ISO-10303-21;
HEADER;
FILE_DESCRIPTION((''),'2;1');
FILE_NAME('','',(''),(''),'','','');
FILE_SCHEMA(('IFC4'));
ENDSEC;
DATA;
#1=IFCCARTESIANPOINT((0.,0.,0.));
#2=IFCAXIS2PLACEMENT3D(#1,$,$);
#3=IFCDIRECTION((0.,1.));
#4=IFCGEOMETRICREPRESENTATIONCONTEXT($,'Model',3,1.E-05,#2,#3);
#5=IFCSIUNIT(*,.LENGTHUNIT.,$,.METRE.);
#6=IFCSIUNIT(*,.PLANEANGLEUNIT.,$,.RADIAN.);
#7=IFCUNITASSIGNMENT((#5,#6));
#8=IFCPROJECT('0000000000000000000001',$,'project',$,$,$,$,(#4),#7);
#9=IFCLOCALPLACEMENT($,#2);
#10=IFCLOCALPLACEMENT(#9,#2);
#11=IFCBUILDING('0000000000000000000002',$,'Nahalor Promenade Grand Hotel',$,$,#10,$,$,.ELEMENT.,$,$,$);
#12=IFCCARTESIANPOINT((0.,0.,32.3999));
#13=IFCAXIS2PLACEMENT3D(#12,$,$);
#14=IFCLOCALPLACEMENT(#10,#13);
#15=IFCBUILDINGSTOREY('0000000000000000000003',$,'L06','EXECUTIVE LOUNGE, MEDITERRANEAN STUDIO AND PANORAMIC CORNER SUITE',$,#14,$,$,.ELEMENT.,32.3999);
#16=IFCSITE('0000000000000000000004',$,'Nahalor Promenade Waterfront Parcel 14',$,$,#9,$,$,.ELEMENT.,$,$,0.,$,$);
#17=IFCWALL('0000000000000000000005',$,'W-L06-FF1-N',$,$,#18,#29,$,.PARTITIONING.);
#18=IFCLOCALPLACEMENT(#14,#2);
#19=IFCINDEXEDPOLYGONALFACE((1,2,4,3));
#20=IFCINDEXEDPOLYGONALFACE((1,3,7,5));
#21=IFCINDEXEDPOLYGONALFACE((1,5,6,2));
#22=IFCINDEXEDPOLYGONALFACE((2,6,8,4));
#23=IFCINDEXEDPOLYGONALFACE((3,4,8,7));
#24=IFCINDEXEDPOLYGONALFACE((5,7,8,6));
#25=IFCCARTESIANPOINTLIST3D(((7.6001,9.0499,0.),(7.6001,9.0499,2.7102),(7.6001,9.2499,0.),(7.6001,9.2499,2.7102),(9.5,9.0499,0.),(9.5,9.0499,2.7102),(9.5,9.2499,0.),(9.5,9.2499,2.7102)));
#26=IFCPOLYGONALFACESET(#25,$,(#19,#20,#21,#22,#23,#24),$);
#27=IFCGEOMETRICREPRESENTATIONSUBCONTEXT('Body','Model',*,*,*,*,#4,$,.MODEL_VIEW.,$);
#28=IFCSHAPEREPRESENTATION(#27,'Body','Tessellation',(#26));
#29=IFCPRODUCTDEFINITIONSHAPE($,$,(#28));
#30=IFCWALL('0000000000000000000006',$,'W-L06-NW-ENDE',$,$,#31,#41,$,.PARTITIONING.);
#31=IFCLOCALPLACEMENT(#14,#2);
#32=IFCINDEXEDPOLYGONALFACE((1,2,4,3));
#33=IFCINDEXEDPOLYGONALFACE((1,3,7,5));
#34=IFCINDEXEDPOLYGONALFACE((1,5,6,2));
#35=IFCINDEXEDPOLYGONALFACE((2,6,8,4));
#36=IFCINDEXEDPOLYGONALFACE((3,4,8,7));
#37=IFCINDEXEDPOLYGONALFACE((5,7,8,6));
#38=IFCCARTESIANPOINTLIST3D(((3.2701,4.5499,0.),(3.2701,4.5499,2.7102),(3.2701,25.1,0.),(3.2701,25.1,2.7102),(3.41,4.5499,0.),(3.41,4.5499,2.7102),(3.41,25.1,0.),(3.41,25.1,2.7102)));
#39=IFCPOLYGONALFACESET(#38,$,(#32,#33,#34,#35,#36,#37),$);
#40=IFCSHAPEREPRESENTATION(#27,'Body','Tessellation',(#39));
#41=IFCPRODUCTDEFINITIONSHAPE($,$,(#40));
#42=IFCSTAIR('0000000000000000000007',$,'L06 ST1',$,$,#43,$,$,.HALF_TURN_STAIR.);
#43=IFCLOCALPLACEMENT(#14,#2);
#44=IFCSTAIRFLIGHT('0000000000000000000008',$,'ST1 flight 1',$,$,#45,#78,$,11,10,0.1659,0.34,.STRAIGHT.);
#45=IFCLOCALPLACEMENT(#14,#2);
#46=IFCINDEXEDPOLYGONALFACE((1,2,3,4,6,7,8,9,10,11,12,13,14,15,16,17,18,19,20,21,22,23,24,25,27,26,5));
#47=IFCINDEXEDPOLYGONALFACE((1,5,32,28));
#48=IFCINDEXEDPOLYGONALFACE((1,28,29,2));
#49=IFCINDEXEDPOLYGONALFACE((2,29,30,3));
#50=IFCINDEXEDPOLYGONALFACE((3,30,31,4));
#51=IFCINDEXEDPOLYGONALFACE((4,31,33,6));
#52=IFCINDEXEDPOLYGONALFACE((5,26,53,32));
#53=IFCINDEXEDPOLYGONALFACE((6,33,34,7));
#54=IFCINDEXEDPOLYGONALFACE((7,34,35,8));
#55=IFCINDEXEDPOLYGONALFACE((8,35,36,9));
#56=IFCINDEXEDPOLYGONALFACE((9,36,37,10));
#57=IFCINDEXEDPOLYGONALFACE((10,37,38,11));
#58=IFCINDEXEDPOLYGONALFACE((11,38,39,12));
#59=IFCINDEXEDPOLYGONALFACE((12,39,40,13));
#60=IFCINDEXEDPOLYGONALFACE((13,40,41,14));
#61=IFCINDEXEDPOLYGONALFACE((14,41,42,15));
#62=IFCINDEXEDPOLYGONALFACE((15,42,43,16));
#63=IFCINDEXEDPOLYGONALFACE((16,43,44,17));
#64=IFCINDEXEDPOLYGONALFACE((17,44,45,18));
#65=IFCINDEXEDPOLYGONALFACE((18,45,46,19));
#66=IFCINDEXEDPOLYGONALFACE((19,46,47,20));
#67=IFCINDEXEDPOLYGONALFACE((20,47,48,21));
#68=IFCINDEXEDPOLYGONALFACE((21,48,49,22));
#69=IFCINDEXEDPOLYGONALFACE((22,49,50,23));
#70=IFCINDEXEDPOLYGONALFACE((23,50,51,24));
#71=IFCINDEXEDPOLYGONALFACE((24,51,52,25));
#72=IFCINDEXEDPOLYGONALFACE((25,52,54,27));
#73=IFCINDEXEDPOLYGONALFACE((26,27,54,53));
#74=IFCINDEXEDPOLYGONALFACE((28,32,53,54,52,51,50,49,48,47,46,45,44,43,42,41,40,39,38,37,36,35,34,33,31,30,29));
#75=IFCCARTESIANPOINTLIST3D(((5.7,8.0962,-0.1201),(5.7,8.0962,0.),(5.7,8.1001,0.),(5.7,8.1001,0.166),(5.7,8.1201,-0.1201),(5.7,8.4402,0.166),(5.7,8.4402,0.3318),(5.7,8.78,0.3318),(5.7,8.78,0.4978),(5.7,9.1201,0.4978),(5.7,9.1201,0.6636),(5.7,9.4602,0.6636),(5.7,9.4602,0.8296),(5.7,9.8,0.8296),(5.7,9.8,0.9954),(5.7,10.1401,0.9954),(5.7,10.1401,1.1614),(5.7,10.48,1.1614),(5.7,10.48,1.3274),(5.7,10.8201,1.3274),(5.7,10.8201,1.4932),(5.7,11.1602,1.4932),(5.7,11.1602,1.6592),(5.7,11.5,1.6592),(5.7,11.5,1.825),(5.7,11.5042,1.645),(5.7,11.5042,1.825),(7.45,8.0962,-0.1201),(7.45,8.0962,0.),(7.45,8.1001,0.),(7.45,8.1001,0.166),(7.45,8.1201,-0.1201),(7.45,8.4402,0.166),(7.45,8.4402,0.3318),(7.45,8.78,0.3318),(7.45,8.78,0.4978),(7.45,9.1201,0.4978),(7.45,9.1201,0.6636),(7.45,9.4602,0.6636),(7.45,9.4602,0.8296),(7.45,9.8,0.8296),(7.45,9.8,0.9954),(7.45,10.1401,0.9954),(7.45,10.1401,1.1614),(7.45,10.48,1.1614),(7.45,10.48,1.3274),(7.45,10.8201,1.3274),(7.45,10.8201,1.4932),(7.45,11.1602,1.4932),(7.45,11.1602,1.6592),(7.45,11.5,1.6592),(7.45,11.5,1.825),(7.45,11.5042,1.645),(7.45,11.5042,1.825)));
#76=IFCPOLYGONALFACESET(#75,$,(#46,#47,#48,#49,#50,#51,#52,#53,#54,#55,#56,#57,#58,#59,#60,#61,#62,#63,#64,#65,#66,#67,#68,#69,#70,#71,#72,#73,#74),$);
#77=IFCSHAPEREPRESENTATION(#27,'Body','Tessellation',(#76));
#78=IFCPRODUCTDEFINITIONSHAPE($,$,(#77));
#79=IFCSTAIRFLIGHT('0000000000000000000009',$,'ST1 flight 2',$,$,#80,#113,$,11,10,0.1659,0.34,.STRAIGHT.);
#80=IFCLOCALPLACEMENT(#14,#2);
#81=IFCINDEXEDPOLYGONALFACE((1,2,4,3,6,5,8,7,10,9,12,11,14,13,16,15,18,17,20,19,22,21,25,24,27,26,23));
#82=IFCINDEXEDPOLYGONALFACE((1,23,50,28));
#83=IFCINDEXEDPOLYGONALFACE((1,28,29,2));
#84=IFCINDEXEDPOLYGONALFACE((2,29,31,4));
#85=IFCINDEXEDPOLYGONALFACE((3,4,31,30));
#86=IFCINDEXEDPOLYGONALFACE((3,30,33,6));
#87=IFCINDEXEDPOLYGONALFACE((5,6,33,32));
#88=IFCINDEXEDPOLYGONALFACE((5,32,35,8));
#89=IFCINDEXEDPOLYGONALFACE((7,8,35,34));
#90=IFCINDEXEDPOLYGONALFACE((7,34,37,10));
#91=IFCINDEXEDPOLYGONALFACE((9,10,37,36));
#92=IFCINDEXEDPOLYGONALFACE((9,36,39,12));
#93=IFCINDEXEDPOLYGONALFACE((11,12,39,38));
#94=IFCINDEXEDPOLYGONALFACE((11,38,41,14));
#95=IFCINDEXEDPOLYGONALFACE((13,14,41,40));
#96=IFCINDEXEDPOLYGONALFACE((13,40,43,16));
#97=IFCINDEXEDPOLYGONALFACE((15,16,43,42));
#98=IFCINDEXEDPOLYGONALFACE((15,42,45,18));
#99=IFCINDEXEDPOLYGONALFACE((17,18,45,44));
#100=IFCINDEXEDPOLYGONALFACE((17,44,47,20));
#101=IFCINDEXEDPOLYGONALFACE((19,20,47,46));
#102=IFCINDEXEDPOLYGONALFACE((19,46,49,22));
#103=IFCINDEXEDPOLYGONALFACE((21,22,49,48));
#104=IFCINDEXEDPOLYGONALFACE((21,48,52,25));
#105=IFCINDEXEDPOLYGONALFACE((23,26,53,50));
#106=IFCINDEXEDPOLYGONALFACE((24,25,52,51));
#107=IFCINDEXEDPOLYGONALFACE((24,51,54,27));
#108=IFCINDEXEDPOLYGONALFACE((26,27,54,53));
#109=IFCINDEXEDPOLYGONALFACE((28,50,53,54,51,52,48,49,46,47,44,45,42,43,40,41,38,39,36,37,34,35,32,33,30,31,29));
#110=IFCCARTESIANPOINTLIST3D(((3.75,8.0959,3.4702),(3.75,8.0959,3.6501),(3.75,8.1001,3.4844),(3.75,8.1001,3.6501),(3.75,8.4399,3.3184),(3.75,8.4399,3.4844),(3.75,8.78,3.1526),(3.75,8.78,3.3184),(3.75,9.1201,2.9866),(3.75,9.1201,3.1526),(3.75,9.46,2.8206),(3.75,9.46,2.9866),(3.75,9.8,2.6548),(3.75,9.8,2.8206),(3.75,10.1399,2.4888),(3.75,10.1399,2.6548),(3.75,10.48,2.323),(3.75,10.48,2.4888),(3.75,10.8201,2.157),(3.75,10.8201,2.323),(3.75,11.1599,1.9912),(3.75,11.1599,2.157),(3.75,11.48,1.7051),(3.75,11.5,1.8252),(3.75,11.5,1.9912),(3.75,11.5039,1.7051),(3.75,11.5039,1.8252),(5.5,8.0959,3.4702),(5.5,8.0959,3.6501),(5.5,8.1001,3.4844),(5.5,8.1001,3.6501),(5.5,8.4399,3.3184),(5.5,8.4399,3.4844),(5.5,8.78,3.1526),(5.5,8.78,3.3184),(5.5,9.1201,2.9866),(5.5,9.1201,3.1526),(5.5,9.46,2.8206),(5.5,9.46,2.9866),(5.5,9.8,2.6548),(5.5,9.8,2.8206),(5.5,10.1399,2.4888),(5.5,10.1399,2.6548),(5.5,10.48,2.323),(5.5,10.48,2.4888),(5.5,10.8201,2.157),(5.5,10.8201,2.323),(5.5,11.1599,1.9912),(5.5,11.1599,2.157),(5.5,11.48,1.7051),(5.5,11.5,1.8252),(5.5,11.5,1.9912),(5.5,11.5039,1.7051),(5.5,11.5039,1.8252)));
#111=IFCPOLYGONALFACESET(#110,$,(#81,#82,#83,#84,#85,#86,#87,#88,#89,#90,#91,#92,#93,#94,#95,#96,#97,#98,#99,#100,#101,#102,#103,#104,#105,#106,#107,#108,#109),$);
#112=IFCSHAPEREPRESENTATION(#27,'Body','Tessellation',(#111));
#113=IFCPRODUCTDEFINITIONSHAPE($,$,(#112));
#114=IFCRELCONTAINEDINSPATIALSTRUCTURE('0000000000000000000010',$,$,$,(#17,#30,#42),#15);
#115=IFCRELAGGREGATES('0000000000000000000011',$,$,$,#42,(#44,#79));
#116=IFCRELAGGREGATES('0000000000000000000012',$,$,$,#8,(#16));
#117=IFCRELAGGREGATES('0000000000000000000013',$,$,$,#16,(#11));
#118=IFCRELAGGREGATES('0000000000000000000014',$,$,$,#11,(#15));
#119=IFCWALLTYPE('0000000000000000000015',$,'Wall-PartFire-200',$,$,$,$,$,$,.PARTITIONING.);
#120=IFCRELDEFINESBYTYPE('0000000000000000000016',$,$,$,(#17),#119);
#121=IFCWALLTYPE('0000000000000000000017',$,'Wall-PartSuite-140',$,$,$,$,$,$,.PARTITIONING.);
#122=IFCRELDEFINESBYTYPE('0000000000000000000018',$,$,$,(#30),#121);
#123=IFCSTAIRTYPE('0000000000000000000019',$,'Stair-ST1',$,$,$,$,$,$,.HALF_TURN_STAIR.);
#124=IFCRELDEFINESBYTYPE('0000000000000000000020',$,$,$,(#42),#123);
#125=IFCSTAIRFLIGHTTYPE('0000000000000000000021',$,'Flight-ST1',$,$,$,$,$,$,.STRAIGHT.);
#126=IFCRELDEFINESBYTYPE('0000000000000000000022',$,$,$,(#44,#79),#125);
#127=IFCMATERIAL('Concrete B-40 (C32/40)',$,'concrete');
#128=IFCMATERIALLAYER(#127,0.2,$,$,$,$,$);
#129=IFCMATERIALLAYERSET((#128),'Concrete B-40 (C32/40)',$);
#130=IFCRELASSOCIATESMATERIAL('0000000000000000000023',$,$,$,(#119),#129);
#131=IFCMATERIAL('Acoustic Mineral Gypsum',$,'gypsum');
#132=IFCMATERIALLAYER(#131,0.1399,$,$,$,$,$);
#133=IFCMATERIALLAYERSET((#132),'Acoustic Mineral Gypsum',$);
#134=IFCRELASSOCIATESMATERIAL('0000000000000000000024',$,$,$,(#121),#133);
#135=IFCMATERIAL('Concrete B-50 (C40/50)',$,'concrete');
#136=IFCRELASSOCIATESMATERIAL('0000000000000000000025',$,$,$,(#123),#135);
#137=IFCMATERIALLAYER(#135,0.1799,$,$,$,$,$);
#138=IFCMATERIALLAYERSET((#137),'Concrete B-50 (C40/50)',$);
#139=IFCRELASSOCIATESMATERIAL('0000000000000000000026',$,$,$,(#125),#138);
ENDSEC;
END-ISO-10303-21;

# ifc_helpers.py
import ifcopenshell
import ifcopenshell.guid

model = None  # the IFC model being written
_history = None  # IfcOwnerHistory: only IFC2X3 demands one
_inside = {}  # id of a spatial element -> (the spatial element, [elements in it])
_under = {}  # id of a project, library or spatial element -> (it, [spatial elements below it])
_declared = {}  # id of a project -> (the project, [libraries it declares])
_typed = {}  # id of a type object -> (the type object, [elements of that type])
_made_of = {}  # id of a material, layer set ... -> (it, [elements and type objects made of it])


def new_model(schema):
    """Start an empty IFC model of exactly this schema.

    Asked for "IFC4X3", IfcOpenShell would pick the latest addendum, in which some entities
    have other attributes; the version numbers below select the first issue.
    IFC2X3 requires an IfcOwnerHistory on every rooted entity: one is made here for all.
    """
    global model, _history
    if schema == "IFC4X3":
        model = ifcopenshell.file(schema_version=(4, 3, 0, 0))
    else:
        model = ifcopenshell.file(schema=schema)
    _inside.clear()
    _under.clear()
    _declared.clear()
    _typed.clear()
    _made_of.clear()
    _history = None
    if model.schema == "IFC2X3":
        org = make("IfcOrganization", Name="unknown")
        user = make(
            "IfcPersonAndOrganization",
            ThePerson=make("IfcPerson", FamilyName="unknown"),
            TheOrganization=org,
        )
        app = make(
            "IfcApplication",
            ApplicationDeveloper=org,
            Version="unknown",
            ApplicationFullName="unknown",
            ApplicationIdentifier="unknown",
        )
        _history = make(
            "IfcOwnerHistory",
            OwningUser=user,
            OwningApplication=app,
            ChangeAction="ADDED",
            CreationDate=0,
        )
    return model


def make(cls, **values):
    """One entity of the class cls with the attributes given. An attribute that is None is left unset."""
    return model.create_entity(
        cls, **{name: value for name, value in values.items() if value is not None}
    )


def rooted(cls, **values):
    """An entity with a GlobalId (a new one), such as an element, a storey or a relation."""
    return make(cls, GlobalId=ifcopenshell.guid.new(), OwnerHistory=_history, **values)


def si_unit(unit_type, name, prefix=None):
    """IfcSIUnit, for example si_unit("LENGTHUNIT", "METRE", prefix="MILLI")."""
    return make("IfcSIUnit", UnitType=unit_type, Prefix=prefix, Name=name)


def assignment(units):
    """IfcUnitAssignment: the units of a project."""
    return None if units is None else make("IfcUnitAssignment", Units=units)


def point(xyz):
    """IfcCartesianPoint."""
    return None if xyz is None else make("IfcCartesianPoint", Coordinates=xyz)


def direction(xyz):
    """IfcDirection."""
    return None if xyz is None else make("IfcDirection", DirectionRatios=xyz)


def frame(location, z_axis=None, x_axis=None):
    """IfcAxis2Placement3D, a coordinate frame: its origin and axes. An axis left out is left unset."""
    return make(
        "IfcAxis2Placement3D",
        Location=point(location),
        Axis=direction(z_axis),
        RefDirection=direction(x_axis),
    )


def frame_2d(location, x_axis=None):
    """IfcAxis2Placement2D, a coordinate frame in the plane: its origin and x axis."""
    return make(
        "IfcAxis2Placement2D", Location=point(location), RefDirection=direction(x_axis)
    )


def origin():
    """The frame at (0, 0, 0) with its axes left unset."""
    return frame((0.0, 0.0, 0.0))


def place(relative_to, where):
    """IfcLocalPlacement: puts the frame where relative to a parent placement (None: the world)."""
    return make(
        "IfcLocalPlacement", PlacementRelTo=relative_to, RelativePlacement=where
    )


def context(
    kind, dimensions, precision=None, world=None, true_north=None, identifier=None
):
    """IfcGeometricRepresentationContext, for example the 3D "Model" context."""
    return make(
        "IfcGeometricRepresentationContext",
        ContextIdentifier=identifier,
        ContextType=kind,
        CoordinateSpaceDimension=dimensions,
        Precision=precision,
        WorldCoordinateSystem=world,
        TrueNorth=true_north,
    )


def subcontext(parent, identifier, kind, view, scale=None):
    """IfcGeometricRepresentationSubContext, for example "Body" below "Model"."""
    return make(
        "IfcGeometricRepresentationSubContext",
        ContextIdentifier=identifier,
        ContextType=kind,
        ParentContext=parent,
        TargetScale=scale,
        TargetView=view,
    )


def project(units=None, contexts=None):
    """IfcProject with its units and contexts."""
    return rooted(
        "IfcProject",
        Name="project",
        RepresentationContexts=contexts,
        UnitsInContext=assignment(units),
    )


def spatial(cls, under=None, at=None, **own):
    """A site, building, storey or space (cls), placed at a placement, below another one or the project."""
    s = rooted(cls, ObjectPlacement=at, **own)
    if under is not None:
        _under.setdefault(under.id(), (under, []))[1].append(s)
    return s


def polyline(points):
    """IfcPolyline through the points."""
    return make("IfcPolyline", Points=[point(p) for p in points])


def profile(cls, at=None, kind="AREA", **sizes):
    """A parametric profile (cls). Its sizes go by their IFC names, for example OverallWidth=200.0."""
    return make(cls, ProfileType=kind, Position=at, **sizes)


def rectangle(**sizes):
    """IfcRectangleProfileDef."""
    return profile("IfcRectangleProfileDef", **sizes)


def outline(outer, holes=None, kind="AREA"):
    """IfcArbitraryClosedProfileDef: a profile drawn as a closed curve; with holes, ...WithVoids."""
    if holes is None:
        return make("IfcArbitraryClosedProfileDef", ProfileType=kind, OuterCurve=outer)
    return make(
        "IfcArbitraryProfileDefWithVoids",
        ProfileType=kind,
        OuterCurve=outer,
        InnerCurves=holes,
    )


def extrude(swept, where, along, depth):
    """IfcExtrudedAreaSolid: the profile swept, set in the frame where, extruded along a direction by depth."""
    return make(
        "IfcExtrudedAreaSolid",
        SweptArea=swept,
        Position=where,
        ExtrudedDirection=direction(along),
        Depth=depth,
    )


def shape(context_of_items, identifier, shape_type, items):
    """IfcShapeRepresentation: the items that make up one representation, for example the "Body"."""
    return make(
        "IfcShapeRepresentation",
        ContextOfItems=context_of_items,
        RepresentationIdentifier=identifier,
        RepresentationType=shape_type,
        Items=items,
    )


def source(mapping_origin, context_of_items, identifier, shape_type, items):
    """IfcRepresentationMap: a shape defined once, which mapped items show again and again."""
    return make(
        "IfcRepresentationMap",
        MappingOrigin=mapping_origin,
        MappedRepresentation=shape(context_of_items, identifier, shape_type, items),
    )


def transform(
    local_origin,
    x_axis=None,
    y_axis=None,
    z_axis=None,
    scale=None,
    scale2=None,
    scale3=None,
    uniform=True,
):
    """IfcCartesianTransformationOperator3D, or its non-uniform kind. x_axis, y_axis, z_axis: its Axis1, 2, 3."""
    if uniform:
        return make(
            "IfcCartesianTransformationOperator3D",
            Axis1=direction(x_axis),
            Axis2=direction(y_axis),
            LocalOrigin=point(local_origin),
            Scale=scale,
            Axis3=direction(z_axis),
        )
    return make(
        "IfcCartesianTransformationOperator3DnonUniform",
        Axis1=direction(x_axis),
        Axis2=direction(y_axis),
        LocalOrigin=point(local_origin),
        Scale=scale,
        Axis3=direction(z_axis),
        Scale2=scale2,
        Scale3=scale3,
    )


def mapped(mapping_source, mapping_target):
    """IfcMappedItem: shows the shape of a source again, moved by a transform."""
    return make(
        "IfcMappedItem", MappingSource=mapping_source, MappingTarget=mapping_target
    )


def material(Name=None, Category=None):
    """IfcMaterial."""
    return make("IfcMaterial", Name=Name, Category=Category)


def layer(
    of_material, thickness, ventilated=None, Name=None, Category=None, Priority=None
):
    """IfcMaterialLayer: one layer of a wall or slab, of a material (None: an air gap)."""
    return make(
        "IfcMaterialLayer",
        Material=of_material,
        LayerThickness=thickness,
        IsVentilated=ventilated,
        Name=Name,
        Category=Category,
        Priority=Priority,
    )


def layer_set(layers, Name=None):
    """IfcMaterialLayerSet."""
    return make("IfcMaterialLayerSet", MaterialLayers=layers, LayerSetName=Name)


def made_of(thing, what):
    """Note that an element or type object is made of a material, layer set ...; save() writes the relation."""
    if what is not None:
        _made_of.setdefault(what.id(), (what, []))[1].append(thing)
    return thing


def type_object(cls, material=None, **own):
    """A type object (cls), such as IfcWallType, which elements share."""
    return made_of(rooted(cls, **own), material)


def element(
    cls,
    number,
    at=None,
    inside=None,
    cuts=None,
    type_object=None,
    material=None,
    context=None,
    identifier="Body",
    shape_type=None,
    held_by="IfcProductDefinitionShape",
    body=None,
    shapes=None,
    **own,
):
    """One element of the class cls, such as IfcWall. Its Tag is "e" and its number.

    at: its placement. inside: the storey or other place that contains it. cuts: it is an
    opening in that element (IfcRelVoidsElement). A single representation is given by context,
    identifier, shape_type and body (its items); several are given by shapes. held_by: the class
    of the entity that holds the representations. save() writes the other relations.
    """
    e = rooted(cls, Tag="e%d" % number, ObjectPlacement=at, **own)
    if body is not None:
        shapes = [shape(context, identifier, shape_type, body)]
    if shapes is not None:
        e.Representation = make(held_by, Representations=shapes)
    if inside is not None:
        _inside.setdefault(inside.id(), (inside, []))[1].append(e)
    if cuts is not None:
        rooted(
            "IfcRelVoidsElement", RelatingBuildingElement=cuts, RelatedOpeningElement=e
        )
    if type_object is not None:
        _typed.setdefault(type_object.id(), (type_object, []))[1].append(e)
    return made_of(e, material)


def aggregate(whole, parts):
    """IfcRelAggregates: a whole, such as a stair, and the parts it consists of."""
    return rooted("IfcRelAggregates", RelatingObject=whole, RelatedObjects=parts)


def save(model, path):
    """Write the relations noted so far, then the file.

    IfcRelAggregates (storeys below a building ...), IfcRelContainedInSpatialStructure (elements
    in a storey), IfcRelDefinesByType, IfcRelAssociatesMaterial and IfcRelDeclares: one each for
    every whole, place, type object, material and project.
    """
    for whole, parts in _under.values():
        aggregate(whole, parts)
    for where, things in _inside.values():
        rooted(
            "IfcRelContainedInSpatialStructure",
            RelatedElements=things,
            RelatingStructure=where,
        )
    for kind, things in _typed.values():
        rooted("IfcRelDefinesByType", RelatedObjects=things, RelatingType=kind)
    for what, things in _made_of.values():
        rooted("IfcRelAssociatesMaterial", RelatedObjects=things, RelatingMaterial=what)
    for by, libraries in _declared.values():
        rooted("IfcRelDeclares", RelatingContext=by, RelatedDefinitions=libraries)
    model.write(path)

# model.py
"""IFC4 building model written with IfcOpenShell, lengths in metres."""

from ifc_helpers import new_model, si_unit, direction, frame, frame_2d, origin, place, context, subcontext, project, spatial, polyline, rectangle, outline, extrude, source, transform, mapped, material, layer, layer_set, type_object, element, aggregate, save


model = new_model("IFC4")

# Units and contexts
model_context = context("Model", 3, precision=1e-05, world=origin(), true_north=direction((0.0, 1.0)))
body_context = subcontext(model_context, "Body", "Model", "MODEL_VIEW")
ifc_project = project(units=[si_unit("LENGTHUNIT", "METRE"), si_unit("PLANEANGLEUNIT", "RADIAN")], contexts=[model_context])

# Site, building, storey
site_placement = place(None, origin())
site = spatial("IfcSite", under=ifc_project, at=site_placement, Name="Nahalor Promenade Waterfront Parcel 14", CompositionType="ELEMENT", RefElevation=0.0)
building_placement = place(site_placement, origin())
building = spatial("IfcBuilding", under=site, at=building_placement, Name="Nahalor Promenade Grand Hotel", CompositionType="ELEMENT")
storey_placement = place(building_placement, frame((0.0, 0.0, 32.3999)))
storey = spatial("IfcBuildingStorey", under=building, at=storey_placement, Name="L06", Description="EXECUTIVE LOUNGE, MEDITERRANEAN STUDIO AND PANORAMIC CORNER SUITE", CompositionType="ELEMENT", Elevation=32.3999)

# Shared definitions
ifc_material_1 = material(Name="Concrete B-50 (C40/50)", Category="concrete")

# Wall
ifc_material_2 = material(Name="Concrete B-40 (C32/40)", Category="concrete")
ifc_layer_1 = layer(ifc_material_2, 0.2)
ifc_layer_set_1 = layer_set([ifc_layer_1], Name="Concrete B-40 (C32/40)")
wall_type_1 = type_object("IfcWallType", Name="Wall-PartFire-200", PredefinedType="PARTITIONING", material=ifc_layer_set_1)
shared_shape_1 = source(origin(), body_context, "Body", "SweptSolid", [
    extrude(rectangle(XDim=1.8999, YDim=0.2, at=frame_2d((0.95, 0.0))), origin(), (0.0, 0.0, 1.0), 2.7102),
])
wall_1_placement = place(storey_placement, frame((7.6001, 9.1499, 0.0), z_axis=(0.0, 0.0, 1.0), x_axis=(1.0, 0.0, 0.0)))
element("IfcWall", 1, at=wall_1_placement, inside=storey, type_object=wall_type_1, Name="W-L06-FF1-N", PredefinedType="PARTITIONING", context=body_context, shape_type="MappedRepresentation", body=[
    mapped(shared_shape_1, transform((0.0, 0.0, 0.0), scale=1.0)),
])

# Wall
ifc_material_3 = material(Name="Acoustic Mineral Gypsum", Category="gypsum")
ifc_layer_2 = layer(ifc_material_3, 0.1399)
ifc_layer_set_2 = layer_set([ifc_layer_2], Name="Acoustic Mineral Gypsum")
wall_type_2 = type_object("IfcWallType", Name="Wall-PartSuite-140", PredefinedType="PARTITIONING", material=ifc_layer_set_2)
shared_shape_2 = source(origin(), body_context, "Body", "SweptSolid", [
    extrude(rectangle(XDim=20.55, YDim=0.1399, at=frame_2d((10.2749, 0.0))), origin(), (0.0, 0.0, 1.0), 2.7102),
])
wall_2_placement = place(storey_placement, frame((3.3401, 4.55, 0.0), z_axis=(0.0, 0.0, 1.0), x_axis=(0.0, 1.0, 0.0)))
element("IfcWall", 2, at=wall_2_placement, inside=storey, type_object=wall_type_2, Name="W-L06-NW-ENDE", PredefinedType="PARTITIONING", context=body_context, shape_type="MappedRepresentation", body=[
    mapped(shared_shape_2, transform((0.0, 0.0, 0.0), scale=1.0)),
])

# Stair, stair flights
stair_type = type_object("IfcStairType", Name="Stair-ST1", PredefinedType="HALF_TURN_STAIR", material=ifc_material_1)
stair_placement = place(storey_placement, origin())
stair = element("IfcStair", 3, at=stair_placement, inside=storey, type_object=stair_type, Name="L06 ST1", PredefinedType="HALF_TURN_STAIR")
ifc_layer_3 = layer(ifc_material_1, 0.1799)
ifc_layer_set_3 = layer_set([ifc_layer_3], Name="Concrete B-50 (C40/50)")
stair_flight_type = type_object("IfcStairFlightType", Name="Flight-ST1", PredefinedType="STRAIGHT", material=ifc_layer_set_3)
shared_shape_3 = source(origin(), body_context, "Body", "SweptSolid", [
    extrude(outline(polyline([(-0.0039, -0.1201), (-0.0039, 0.0), (0.0, 0.0), (0.0, 0.166), (0.3401, 0.166), (0.3401, 0.3318), (0.6799, 0.3318), (0.6799, 0.4978), (1.02, 0.4978), (1.02, 0.6636), (1.3601, 0.6636), (1.3601, 0.8296), (1.7, 0.8296), (1.7, 0.9954), (2.04, 0.9954), (2.04, 1.1614), (2.3799, 1.1614), (2.3799, 1.3274), (2.72, 1.3274), (2.72, 1.4932), (3.0601, 1.4932), (3.0601, 1.6592), (3.3999, 1.6592), (3.3999, 1.825), (3.4041, 1.825), (3.4041, 1.645), (0.02, -0.1201), (-0.0039, -0.1201)])), frame((0.0, 0.875, 0.0), z_axis=(0.0, -1.0, 0.0), x_axis=(1.0, 0.0, 0.0)), (0.0, 0.0, 1.0), 1.75),
])
stair_flight_1_placement = place(storey_placement, frame((6.575, 8.1001, 0.0), z_axis=(0.0, 0.0, 1.0), x_axis=(0.0, 1.0, 0.0)))
stair_flight_1 = element("IfcStairFlight", 4, at=stair_flight_1_placement, type_object=stair_flight_type, Name="ST1 flight 1", NumberOfRisers=11, NumberOfTreads=10, PredefinedType="STRAIGHT", RiserHeight=0.1659, TreadLength=0.34, context=body_context, shape_type="MappedRepresentation", body=[
    mapped(shared_shape_3, transform((0.0, 0.0, 0.0), scale=1.0)),
])
stair_flight_2_placement = place(storey_placement, frame((4.625, 11.5, 1.8252), z_axis=(0.0, 0.0, 1.0), x_axis=(0.0, -1.0, 0.0)))
stair_flight_2 = element("IfcStairFlight", 5, at=stair_flight_2_placement, type_object=stair_flight_type, Name="ST1 flight 2", NumberOfRisers=11, NumberOfTreads=10, PredefinedType="STRAIGHT", RiserHeight=0.1659, TreadLength=0.34, context=body_context, shape_type="MappedRepresentation", body=[
    mapped(shared_shape_3, transform((0.0, 0.0, 0.0), scale=1.0)),
])
aggregate(stair, [stair_flight_1, stair_flight_2])

save(model, "model.ifc")
